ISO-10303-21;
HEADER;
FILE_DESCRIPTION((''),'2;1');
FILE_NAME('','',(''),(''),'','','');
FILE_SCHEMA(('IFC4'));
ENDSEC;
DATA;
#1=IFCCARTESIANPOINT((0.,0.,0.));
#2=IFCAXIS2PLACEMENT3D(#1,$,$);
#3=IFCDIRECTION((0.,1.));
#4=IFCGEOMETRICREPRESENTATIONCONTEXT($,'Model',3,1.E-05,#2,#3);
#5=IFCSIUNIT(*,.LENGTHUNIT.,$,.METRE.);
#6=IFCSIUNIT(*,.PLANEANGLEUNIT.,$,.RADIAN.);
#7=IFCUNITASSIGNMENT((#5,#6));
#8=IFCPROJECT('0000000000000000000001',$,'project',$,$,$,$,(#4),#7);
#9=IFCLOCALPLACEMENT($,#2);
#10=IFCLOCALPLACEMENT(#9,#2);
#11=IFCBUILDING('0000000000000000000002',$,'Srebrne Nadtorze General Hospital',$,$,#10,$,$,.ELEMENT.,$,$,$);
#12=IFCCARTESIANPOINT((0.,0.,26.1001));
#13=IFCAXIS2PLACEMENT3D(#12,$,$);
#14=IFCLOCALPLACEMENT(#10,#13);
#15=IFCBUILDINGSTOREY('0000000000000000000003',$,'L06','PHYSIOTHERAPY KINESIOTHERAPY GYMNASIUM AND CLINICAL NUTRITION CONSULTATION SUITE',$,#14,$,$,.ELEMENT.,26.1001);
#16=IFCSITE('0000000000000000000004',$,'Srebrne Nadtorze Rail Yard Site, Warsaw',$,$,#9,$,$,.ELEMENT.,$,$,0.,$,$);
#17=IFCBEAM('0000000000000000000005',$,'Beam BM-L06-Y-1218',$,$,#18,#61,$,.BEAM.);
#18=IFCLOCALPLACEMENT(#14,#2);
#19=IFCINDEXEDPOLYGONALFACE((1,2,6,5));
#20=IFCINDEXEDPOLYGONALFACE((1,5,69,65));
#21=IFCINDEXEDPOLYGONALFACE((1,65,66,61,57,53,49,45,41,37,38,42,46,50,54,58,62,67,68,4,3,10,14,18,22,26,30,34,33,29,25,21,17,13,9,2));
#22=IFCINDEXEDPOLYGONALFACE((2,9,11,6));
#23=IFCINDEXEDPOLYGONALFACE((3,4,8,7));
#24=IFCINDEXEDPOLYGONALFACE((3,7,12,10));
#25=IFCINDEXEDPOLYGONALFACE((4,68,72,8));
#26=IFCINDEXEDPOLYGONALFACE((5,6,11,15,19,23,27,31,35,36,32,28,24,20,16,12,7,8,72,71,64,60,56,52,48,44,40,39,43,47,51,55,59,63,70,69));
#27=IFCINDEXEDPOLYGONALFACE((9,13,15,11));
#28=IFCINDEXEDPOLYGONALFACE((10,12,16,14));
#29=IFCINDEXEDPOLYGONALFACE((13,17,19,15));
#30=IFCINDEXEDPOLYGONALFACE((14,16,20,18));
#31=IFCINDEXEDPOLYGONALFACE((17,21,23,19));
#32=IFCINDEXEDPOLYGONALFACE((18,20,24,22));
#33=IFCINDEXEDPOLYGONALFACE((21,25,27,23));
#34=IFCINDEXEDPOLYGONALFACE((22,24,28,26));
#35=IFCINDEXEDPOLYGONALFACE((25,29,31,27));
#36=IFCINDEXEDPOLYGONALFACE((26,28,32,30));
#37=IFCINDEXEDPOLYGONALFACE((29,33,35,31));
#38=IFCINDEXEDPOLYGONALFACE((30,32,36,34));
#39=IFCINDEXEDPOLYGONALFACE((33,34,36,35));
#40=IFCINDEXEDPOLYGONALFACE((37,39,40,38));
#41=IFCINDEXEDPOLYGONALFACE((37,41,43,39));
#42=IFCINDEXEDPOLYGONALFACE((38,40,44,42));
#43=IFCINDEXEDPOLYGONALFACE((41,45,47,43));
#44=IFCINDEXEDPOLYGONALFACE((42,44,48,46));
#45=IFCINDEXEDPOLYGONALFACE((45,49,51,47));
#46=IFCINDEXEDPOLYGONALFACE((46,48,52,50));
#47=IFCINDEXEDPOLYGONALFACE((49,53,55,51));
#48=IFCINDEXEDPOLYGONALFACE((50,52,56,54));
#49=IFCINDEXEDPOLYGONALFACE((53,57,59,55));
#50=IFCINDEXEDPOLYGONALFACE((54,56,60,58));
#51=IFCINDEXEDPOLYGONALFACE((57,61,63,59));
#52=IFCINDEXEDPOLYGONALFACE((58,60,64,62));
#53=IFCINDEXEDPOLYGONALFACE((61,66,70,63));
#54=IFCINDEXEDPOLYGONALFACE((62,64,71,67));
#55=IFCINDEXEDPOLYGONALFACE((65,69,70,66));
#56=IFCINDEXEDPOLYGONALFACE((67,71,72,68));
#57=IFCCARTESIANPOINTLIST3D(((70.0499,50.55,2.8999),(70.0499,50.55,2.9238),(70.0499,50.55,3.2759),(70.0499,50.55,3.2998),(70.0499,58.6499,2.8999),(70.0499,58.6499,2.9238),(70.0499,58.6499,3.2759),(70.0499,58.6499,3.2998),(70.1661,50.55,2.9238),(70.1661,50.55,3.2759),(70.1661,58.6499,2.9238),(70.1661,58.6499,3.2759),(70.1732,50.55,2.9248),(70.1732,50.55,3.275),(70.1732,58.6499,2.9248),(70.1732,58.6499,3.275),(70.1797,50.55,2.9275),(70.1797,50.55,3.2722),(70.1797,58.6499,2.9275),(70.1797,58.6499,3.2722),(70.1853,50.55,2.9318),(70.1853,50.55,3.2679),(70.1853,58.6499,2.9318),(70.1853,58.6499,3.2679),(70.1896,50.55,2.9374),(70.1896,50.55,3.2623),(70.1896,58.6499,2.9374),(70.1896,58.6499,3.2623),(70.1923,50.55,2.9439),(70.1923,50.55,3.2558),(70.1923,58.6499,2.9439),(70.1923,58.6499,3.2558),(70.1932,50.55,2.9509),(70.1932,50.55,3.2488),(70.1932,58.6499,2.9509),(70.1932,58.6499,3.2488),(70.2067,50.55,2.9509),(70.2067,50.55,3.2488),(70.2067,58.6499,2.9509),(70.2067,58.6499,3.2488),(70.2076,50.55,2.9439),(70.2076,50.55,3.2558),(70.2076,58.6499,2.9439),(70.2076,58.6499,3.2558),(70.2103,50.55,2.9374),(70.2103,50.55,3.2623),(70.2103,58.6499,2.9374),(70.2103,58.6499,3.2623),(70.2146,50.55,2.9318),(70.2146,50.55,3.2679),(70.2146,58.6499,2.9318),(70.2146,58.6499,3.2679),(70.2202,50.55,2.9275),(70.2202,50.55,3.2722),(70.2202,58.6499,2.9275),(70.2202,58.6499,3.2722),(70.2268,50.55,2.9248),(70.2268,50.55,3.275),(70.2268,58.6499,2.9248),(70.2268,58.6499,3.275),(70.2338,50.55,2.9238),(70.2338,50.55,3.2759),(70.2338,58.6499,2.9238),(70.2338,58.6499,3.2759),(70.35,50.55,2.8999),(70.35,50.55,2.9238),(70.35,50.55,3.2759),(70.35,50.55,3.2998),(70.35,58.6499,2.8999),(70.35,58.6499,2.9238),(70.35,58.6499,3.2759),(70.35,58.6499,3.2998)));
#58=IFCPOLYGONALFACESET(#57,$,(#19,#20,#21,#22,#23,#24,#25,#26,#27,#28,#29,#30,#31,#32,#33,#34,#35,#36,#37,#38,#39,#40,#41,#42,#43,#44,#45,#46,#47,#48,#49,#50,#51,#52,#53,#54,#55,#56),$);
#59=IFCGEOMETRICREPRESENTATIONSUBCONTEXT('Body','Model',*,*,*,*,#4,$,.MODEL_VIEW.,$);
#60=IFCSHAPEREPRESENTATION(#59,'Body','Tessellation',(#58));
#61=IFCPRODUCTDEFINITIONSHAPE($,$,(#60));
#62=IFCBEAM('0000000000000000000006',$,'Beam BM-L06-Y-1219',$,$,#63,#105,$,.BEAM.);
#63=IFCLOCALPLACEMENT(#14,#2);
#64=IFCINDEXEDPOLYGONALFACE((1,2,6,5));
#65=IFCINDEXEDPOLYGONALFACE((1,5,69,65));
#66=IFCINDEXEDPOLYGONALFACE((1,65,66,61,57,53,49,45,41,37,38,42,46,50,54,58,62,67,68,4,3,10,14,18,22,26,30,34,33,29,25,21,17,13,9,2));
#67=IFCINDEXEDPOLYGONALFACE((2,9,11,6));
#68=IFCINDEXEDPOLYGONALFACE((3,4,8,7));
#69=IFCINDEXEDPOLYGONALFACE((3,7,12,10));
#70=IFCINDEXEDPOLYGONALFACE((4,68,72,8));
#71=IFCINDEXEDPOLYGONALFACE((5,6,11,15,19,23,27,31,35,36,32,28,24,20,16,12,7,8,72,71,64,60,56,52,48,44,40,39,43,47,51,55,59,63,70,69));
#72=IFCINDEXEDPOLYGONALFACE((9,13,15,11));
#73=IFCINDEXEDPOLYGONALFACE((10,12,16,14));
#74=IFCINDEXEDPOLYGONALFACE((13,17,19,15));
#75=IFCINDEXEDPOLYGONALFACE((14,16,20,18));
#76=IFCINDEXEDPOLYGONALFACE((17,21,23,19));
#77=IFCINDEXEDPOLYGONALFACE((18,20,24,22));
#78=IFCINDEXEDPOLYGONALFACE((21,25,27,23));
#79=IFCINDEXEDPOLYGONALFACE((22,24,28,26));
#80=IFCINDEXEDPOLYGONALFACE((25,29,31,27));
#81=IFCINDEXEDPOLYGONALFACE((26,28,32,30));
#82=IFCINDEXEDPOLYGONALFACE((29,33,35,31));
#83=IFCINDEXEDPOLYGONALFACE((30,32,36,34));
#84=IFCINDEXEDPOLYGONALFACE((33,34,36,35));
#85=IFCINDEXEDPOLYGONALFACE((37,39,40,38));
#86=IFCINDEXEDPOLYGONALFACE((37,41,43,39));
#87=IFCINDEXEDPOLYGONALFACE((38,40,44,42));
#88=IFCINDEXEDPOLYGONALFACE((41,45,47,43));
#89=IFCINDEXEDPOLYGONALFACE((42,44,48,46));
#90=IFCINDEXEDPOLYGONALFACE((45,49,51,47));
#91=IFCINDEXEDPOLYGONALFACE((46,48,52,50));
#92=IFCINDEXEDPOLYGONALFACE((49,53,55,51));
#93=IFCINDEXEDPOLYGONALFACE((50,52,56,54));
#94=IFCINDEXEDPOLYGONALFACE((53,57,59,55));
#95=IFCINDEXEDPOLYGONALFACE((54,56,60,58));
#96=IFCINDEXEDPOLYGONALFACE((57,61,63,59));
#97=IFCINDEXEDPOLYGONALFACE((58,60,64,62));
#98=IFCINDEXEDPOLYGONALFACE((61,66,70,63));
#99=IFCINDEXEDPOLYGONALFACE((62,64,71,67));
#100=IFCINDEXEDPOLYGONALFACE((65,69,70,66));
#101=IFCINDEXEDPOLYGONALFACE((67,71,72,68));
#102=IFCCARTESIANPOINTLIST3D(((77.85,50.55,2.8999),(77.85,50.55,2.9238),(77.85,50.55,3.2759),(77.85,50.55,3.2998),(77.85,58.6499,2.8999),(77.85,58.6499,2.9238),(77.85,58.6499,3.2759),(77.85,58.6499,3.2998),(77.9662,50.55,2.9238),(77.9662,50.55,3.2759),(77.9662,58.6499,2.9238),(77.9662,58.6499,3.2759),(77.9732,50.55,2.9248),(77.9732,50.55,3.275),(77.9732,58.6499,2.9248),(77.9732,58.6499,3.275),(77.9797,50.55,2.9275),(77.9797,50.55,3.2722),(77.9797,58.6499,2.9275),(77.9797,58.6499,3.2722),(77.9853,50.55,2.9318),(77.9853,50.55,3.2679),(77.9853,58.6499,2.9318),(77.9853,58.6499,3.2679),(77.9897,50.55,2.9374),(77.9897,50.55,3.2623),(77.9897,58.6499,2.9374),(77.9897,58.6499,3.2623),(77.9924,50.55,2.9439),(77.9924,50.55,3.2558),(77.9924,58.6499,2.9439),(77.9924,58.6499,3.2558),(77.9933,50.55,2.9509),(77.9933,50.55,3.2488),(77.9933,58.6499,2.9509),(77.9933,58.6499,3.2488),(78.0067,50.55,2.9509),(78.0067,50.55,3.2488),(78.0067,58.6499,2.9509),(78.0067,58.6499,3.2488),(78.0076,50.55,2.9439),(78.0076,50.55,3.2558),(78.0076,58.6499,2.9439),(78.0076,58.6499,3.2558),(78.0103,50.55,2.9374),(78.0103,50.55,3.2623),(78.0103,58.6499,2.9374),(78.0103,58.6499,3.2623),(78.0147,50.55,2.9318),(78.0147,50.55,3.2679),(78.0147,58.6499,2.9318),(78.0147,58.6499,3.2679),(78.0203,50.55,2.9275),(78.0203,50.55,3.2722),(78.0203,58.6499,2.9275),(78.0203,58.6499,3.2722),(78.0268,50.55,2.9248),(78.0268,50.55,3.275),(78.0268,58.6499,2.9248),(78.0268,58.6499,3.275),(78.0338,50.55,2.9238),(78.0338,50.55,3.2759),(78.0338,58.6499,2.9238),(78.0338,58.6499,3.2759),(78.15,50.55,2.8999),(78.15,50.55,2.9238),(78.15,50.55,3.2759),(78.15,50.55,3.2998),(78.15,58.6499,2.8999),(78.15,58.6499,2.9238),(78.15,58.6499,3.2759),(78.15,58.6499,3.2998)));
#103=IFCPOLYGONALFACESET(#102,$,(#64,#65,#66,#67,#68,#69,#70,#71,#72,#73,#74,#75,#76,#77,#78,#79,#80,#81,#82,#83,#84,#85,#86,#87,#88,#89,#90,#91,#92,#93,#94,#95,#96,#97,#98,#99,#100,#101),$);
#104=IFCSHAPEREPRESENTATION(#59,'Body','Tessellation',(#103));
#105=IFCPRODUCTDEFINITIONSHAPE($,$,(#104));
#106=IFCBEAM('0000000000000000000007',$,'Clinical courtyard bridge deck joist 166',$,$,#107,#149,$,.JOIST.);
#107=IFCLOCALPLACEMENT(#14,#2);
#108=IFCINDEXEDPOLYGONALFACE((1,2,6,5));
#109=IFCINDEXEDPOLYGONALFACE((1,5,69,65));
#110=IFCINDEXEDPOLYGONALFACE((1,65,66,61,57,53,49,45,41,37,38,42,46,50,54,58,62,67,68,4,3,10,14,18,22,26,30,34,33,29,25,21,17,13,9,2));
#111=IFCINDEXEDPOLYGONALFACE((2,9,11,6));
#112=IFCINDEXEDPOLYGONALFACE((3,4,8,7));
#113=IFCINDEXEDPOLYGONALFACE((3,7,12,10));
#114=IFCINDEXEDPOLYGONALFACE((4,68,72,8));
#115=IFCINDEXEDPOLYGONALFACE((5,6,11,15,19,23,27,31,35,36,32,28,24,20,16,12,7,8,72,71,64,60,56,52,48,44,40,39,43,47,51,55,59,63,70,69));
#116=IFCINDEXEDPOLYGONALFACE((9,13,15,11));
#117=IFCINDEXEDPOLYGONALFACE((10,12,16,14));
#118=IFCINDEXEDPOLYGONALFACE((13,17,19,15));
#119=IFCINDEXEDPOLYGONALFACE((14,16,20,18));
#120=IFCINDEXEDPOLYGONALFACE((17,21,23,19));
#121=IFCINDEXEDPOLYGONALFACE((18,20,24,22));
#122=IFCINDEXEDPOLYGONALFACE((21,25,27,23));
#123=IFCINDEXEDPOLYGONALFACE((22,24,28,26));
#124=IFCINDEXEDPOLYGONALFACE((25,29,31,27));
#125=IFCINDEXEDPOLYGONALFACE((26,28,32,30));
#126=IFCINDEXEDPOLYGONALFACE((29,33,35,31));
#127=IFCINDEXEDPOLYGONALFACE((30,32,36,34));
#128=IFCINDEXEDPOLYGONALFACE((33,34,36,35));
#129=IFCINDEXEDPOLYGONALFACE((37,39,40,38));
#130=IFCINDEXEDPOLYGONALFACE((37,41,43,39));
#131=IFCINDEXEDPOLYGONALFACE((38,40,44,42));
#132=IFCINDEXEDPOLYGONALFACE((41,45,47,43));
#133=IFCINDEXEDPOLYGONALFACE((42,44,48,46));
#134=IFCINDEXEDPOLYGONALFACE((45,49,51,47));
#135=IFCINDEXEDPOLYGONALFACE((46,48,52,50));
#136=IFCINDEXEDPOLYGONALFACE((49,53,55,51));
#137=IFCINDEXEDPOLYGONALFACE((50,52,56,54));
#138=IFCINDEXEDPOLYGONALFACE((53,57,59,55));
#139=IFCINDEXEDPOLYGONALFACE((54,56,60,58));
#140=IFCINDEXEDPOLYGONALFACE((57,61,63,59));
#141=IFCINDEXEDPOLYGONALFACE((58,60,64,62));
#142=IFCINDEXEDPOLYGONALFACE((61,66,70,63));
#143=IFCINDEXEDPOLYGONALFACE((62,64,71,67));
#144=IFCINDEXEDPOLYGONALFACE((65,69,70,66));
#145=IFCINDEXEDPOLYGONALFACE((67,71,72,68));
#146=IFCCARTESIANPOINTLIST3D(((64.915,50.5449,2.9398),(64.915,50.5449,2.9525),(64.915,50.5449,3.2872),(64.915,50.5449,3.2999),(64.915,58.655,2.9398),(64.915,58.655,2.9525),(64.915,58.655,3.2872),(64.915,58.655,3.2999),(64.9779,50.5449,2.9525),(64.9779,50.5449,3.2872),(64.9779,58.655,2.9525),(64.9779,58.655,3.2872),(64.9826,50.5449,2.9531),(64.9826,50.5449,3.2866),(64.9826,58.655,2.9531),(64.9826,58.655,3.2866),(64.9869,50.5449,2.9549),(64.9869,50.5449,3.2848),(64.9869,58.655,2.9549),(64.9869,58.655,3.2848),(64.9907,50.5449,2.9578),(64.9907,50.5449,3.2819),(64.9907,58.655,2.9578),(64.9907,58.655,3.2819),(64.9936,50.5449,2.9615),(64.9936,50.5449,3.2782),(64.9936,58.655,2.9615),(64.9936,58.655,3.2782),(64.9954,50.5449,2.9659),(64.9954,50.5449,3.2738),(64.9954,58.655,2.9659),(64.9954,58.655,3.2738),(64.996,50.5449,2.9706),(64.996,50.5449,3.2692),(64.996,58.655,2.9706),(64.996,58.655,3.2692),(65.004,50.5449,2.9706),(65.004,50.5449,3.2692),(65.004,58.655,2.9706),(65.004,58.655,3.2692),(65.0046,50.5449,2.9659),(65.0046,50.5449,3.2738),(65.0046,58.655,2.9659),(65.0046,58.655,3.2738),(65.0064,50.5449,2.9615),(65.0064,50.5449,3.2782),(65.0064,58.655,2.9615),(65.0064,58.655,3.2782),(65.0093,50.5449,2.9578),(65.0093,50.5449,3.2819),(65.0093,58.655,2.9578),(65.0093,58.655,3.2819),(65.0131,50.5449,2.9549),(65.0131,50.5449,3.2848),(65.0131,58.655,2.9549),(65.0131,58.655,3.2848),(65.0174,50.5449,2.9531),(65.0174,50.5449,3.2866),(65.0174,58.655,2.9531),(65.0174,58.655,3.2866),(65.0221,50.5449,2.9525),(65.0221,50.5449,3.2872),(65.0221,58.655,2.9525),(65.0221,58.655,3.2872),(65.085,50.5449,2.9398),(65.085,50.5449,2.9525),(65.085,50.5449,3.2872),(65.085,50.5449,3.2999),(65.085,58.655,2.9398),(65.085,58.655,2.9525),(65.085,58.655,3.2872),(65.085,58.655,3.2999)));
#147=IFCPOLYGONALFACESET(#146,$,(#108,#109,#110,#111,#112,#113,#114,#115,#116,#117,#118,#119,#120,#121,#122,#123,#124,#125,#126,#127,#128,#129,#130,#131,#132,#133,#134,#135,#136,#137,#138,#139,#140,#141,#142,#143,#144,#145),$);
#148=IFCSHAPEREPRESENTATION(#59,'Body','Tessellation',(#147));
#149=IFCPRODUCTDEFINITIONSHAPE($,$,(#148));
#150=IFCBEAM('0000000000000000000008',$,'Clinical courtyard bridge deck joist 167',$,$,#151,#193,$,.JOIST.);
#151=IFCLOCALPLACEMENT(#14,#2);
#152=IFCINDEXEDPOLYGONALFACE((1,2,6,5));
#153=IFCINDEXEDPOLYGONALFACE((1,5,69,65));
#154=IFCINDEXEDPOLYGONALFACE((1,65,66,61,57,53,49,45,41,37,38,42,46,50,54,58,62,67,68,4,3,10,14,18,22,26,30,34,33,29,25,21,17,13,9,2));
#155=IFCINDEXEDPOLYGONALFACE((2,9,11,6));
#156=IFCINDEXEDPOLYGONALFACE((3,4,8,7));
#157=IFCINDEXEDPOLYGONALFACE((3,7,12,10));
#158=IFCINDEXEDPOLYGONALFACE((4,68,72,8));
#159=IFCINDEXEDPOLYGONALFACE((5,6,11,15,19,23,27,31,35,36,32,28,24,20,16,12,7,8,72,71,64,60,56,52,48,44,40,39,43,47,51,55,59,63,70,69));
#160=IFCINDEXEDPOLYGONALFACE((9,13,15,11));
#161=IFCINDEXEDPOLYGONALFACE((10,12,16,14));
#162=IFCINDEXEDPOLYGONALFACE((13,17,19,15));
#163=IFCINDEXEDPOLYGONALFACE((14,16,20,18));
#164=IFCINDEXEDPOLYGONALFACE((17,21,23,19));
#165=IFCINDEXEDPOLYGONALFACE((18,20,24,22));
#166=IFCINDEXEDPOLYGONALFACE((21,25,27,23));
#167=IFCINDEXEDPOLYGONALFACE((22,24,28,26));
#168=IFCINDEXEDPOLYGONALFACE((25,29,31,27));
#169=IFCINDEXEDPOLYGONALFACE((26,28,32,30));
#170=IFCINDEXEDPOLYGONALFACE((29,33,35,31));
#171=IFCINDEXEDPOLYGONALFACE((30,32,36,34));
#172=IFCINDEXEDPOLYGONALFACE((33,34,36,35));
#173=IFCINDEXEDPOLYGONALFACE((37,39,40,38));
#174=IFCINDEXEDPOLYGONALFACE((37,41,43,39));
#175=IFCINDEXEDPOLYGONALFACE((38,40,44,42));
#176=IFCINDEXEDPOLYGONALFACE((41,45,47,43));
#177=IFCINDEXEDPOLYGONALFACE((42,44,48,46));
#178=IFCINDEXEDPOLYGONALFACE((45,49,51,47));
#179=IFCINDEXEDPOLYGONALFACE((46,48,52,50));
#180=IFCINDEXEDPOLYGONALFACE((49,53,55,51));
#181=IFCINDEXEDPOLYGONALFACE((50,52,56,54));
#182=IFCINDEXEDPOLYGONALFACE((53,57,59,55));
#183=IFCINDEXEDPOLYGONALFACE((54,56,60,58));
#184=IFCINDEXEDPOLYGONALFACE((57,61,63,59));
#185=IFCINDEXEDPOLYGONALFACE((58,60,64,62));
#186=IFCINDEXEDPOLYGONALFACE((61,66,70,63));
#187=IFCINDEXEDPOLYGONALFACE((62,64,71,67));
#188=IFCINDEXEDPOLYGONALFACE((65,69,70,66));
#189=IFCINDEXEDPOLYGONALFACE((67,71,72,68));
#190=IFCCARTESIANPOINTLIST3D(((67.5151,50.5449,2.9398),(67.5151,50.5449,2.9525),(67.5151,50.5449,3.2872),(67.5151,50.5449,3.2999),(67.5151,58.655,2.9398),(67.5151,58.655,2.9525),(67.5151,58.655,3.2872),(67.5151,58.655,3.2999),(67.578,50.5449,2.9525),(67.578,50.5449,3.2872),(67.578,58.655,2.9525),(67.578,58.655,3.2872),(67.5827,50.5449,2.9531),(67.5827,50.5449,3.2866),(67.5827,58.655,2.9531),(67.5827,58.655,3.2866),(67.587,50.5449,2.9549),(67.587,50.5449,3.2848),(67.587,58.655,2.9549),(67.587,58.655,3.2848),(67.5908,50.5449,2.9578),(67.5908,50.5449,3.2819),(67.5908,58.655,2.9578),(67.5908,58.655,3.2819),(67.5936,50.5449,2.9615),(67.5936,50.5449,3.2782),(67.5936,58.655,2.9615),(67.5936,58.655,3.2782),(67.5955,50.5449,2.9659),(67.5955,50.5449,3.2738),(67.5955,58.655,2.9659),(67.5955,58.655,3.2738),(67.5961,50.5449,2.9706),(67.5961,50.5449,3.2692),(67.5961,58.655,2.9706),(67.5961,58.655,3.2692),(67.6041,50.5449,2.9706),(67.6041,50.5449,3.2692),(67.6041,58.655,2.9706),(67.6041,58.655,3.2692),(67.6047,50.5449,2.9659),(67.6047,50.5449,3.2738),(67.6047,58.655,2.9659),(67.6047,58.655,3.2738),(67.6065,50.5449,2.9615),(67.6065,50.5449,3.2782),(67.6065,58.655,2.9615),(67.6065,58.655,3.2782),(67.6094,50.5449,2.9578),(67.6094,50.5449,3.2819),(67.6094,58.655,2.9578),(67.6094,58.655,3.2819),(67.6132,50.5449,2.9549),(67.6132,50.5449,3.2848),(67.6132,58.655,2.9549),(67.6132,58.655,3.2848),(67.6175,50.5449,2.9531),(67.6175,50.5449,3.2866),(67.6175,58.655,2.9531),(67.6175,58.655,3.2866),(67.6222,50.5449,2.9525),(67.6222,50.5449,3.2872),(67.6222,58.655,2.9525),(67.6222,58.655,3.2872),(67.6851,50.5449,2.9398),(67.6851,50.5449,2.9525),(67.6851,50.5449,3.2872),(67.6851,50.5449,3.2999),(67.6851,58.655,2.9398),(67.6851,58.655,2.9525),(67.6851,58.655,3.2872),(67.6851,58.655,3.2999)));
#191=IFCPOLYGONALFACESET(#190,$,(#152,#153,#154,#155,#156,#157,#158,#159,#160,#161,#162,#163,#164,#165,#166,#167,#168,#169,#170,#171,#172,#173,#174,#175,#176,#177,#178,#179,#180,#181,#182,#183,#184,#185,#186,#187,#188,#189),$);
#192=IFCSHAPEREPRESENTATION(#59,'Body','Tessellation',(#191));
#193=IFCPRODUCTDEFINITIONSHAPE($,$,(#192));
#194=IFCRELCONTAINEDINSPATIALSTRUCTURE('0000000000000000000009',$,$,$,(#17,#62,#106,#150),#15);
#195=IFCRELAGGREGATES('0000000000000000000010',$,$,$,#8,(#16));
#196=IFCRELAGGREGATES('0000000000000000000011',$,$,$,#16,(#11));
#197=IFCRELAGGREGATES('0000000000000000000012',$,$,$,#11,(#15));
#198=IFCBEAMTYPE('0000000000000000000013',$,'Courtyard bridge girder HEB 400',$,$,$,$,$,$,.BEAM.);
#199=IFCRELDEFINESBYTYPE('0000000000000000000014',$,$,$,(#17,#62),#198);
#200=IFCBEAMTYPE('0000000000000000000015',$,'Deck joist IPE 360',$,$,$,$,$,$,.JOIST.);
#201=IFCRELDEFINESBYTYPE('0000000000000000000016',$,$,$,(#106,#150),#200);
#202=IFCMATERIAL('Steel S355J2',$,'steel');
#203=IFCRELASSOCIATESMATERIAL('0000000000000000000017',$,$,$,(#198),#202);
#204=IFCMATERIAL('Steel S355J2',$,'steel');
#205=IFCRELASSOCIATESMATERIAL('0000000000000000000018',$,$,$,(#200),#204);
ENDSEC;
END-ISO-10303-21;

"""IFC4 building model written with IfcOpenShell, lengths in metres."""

from ifc_helpers import new_model, si_unit, direction, frame, origin, origin_2d, place, context, subcontext, project, spatial, i_section, extrude, material, material_profile, profile_set, type_object, element, save


model = new_model("IFC4")

# Units and contexts
model_context = context("Model", 3, precision=1e-05, world=origin(), true_north=direction((0.0, 1.0)))
body_context = subcontext(model_context, "Body", "Model", "MODEL_VIEW")
ifc_project = project(units=[si_unit("LENGTHUNIT", "METRE"), si_unit("PLANEANGLEUNIT", "RADIAN")], contexts=[model_context])

# Site, building, storey
site_placement = place(None, origin())
site = spatial("IfcSite", under=ifc_project, at=site_placement, Name="Srebrne Nadtorze Rail Yard Site, Warsaw", CompositionType="ELEMENT", RefElevation=0.0)
building_placement = place(site_placement, origin())
building = spatial("IfcBuilding", under=site, at=building_placement, Name="Srebrne Nadtorze General Hospital", CompositionType="ELEMENT")
storey_placement = place(building_placement, frame((0.0, 0.0, 26.1001)))
storey = spatial("IfcBuildingStorey", under=building, at=storey_placement, Name="L06", Description="PHYSIOTHERAPY KINESIOTHERAPY GYMNASIUM AND CLINICAL NUTRITION CONSULTATION SUITE", CompositionType="ELEMENT", Elevation=26.1001)

# Beams
ifc_material_1 = material(Name="Steel S355J2", Category="steel")
ifc_material_profile_1 = material_profile(ifc_material_1, i_section(OverallWidth=0.3, OverallDepth=0.3999, WebThickness=0.0134, FlangeThickness=0.0239, FilletRadius=0.0271, at=origin_2d()), Name="HEB-400")
ifc_profile_set_1 = profile_set([ifc_material_profile_1], Name="Steel S355J2")
beam_type_1 = type_object("IfcBeamType", Name="Courtyard bridge girder HEB 400", PredefinedType="BEAM", material=ifc_profile_set_1)
for number, where, z_axis, x_axis, name in (
    (1, (70.2, 50.55, 3.0999), (0.0, 1.0, 0.0), (-1.0, 0.0, 0.0), "Beam BM-L06-Y-1218"),
    (2, (78.0, 50.55, 3.0999), (0.0, 1.0, 0.0), (-1.0, 0.0, 0.0), "Beam BM-L06-Y-1219"),
):
    element("IfcBeam", number, at=place(storey_placement, frame(where, z_axis=z_axis, x_axis=x_axis)), inside=storey, type_object=beam_type_1, Name=name, PredefinedType="BEAM", context=body_context, shape_type="SweptSolid", body=[
        extrude(i_section(OverallWidth=0.3, OverallDepth=0.3999, WebThickness=0.0134, FlangeThickness=0.0239, FilletRadius=0.0271, at=origin_2d()), origin(), (0.0, 0.0, 1.0), 8.0999),
    ])
ifc_material_2 = material(Name="Steel S355J2", Category="steel")
ifc_material_profile_2 = material_profile(ifc_material_2, i_section(OverallWidth=0.1699, OverallDepth=0.3601, WebThickness=0.0081, FlangeThickness=0.0127, FilletRadius=0.0181, at=origin_2d()), Name="IPE-360")
ifc_profile_set_2 = profile_set([ifc_material_profile_2], Name="Steel S355J2")
beam_type_2 = type_object("IfcBeamType", Name="Deck joist IPE 360", PredefinedType="JOIST", material=ifc_profile_set_2)
for number, where, z_axis, x_axis, name in (
    (3, (65.0, 50.5449, 3.1199), (0.0, 1.0, 0.0), (-1.0, 0.0, 0.0), "Clinical courtyard bridge deck joist 166"),
    (4, (67.6001, 50.5449, 3.1199), (0.0, 1.0, 0.0), (-1.0, 0.0, 0.0), "Clinical courtyard bridge deck joist 167"),
):
    element("IfcBeam", number, at=place(storey_placement, frame(where, z_axis=z_axis, x_axis=x_axis)), inside=storey, type_object=beam_type_2, Name=name, PredefinedType="JOIST", context=body_context, shape_type="SweptSolid", body=[
        extrude(i_section(OverallWidth=0.1699, OverallDepth=0.3601, WebThickness=0.0081, FlangeThickness=0.0127, FilletRadius=0.0181, at=origin_2d()), origin(), (0.0, 0.0, 1.0), 8.1101),
    ])

save(model, "model.ifc")
